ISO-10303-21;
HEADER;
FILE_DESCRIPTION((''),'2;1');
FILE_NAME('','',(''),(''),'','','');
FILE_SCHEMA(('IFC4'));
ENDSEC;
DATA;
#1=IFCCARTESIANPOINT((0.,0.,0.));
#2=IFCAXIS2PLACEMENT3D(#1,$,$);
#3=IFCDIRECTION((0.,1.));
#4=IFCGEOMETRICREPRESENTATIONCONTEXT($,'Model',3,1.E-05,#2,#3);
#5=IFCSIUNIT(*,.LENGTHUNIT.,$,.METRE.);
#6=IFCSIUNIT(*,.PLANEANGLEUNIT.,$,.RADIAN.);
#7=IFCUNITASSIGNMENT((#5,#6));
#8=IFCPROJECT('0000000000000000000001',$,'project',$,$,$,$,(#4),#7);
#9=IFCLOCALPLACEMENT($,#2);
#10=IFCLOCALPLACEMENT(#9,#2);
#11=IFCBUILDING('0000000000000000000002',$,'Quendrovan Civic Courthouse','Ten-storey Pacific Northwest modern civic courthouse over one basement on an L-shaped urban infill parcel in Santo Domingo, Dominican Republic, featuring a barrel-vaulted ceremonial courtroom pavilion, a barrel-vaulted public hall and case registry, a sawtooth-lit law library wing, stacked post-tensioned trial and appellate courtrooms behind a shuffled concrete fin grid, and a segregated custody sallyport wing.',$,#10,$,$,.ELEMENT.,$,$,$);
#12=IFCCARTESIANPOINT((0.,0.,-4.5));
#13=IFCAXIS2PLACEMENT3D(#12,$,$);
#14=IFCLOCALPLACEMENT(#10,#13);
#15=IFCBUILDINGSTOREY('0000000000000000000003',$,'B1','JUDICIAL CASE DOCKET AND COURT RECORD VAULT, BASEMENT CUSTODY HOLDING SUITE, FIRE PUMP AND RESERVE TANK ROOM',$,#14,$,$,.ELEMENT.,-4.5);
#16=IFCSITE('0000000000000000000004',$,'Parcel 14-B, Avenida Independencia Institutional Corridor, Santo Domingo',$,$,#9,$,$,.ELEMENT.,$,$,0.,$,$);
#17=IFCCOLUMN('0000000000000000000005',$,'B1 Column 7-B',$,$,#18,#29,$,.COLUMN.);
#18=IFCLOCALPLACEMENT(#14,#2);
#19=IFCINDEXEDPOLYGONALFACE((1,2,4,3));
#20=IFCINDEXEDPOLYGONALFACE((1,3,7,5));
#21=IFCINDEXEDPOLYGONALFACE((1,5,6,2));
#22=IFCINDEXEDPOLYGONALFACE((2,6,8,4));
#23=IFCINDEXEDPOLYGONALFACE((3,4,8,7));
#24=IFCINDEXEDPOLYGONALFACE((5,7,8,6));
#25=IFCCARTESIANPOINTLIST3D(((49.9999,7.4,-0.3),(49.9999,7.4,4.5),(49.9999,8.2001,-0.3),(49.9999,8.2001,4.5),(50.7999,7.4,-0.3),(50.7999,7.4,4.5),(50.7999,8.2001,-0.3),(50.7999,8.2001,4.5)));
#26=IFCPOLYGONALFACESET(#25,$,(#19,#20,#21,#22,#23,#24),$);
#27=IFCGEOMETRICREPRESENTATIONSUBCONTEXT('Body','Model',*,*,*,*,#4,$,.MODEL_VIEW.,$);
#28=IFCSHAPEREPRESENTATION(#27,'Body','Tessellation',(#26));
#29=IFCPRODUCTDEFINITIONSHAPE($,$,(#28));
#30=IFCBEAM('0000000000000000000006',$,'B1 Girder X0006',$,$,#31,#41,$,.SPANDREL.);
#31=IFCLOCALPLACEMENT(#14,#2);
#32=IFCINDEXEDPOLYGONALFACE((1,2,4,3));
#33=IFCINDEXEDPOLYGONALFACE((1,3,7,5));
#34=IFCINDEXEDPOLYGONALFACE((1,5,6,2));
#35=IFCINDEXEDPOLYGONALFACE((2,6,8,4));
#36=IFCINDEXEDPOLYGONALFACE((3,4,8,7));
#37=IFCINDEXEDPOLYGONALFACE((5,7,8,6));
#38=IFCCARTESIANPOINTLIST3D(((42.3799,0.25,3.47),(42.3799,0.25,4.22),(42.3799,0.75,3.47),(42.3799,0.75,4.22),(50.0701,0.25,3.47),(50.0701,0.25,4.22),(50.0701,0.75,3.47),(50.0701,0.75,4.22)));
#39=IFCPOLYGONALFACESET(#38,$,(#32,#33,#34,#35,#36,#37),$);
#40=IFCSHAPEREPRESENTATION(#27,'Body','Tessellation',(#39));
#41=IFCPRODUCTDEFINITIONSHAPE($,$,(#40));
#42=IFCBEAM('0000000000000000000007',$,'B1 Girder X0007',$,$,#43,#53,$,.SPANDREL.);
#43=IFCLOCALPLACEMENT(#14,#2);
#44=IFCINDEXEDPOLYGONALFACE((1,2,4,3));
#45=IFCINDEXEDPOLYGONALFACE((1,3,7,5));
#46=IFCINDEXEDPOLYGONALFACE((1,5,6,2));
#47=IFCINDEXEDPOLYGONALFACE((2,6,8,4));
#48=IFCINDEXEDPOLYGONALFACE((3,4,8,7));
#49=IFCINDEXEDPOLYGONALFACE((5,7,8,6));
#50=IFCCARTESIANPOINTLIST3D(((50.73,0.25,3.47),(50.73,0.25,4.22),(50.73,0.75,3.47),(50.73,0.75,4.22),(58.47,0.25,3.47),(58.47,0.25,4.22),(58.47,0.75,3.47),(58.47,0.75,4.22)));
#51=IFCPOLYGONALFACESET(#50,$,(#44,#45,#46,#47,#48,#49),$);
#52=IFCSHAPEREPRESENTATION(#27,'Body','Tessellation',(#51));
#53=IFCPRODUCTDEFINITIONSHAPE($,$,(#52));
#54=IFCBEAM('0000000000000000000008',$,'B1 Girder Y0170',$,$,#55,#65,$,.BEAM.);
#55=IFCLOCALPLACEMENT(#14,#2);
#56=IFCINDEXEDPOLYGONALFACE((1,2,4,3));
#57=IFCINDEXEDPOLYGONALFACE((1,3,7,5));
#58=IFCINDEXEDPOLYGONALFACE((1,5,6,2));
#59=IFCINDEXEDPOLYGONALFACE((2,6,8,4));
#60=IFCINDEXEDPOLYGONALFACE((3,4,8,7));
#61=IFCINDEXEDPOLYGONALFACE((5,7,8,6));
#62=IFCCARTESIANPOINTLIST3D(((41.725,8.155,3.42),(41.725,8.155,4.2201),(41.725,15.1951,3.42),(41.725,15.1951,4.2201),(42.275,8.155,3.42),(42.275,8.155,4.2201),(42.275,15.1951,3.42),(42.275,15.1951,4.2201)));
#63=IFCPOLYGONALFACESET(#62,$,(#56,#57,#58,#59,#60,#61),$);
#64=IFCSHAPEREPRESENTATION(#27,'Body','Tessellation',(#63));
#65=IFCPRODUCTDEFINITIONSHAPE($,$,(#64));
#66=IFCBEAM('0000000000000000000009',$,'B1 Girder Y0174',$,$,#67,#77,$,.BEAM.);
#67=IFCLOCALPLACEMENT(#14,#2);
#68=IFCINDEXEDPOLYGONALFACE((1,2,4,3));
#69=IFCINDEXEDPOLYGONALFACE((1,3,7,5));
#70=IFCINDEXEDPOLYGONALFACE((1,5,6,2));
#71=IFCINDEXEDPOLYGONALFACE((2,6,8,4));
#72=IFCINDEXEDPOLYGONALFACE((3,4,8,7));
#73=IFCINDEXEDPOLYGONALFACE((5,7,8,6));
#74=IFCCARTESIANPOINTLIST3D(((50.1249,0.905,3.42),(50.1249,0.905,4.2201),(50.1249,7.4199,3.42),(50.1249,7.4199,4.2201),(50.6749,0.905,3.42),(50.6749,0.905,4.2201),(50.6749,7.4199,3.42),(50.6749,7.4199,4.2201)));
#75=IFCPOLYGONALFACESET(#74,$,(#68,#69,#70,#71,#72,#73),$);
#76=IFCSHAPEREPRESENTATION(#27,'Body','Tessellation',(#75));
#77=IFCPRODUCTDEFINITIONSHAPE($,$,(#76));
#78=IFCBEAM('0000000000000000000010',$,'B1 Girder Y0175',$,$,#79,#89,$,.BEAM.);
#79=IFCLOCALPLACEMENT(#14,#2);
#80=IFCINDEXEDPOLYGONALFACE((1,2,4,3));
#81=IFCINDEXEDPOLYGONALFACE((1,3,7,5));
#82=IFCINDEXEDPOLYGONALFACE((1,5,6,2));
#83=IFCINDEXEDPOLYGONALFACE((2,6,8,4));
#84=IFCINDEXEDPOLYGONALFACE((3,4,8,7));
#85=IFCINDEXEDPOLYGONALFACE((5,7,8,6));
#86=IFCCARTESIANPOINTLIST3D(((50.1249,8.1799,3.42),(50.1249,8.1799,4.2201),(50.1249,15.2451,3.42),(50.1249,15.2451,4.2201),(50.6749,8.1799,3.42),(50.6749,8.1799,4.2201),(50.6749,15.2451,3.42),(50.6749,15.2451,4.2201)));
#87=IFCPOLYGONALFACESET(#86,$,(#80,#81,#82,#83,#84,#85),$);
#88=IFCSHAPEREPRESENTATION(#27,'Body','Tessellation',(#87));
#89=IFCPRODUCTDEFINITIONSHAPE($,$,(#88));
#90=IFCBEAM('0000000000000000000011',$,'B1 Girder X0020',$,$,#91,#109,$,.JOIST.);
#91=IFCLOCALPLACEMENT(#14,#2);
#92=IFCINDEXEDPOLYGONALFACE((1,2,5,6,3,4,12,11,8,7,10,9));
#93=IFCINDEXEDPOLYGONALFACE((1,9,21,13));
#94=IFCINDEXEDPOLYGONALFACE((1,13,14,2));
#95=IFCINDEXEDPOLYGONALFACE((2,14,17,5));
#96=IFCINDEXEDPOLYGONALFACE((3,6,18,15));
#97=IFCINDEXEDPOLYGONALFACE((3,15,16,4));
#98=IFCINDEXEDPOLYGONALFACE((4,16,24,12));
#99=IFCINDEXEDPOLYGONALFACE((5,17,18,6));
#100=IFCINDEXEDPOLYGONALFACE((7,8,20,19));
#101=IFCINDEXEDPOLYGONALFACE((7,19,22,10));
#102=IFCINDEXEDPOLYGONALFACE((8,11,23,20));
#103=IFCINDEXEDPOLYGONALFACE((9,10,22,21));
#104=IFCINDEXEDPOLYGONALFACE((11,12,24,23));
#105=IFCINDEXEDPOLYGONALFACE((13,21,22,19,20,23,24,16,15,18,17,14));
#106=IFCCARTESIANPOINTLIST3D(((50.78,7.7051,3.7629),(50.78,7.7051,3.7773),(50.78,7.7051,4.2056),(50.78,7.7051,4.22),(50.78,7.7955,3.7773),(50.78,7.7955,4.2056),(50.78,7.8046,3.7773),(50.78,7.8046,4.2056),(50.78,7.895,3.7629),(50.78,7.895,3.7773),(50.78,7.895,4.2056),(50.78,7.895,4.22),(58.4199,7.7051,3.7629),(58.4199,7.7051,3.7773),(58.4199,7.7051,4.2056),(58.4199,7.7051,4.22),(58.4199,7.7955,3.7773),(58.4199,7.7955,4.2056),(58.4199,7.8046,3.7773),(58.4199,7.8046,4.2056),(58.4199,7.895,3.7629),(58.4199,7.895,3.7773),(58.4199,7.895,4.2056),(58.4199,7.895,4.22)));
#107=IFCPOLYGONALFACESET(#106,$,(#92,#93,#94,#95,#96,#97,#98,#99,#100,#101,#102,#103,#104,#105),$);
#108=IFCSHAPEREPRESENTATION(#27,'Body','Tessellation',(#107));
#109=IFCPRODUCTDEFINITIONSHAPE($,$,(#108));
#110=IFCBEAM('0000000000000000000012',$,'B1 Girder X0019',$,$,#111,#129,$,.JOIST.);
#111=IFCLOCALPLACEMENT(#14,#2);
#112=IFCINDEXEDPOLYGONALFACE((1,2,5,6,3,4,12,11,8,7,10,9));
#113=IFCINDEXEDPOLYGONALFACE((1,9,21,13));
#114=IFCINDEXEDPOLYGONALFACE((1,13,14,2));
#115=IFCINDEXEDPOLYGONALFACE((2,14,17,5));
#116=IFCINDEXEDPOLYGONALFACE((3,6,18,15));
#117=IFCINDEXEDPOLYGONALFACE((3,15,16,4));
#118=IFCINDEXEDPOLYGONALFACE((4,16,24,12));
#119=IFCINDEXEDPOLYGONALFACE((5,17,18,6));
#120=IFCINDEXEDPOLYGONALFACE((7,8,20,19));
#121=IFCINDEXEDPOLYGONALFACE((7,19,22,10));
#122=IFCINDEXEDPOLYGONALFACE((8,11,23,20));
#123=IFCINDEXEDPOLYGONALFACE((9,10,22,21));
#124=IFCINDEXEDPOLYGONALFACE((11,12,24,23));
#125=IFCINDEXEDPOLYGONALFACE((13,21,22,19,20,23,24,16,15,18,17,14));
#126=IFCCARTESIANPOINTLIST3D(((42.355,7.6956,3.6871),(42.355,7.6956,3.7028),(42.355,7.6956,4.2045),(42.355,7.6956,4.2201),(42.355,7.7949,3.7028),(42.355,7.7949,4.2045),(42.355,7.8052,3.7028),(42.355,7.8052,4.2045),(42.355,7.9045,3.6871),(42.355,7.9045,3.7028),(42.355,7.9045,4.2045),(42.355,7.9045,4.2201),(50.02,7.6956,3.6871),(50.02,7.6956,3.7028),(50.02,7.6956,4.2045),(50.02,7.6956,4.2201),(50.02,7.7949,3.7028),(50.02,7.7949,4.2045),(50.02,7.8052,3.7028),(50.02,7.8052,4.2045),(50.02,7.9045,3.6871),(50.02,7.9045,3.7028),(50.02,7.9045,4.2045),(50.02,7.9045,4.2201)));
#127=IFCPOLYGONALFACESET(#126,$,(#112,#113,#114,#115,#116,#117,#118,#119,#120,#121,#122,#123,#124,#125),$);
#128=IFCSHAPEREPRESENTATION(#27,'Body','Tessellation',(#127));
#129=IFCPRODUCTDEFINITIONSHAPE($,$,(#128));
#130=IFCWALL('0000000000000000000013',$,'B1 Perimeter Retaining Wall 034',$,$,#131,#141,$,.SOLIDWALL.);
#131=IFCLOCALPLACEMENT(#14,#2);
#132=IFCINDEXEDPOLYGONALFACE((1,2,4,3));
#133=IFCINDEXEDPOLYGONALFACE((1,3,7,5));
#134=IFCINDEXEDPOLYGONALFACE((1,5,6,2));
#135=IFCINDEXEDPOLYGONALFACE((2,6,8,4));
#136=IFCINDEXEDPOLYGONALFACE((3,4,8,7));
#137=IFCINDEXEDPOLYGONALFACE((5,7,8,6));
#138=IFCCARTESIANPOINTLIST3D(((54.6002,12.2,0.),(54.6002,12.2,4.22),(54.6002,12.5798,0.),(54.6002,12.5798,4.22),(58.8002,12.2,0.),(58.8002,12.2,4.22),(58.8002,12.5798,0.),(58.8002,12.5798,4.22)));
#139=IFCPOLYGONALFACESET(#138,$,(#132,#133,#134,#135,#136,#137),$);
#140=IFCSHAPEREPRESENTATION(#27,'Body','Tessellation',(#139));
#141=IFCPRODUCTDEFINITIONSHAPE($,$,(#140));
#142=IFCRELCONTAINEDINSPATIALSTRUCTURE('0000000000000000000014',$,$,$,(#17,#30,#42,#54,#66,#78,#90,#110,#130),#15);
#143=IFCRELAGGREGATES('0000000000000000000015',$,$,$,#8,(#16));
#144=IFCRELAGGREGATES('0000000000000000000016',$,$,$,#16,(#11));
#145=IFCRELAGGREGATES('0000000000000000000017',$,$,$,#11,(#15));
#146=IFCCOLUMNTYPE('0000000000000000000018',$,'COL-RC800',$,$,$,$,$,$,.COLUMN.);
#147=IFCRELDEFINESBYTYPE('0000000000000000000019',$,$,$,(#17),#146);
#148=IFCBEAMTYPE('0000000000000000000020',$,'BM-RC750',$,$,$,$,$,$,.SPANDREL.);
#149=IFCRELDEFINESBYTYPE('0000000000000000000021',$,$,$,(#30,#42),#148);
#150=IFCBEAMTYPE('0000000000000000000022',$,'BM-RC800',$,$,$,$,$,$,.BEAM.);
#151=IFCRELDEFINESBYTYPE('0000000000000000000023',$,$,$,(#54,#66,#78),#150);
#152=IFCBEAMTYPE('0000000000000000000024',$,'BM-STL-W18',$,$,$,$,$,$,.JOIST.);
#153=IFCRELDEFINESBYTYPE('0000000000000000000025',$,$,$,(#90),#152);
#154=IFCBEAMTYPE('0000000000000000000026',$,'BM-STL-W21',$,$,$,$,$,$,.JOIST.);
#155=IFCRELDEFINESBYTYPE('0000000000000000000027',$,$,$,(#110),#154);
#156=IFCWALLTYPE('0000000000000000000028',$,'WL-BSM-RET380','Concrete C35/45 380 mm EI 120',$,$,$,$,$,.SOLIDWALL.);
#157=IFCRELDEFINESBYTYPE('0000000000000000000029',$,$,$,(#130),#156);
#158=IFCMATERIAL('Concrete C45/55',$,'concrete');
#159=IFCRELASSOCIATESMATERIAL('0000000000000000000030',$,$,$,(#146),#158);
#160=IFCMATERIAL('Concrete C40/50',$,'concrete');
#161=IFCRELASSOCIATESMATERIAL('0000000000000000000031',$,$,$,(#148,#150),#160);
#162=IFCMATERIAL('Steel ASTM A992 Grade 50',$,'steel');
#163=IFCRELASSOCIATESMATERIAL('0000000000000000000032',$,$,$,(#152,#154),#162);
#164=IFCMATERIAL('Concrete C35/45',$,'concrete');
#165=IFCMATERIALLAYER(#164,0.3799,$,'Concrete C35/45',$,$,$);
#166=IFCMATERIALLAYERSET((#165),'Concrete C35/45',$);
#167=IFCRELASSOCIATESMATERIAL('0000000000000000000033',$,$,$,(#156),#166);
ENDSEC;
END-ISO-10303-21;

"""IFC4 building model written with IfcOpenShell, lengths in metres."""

from ifc_helpers import new_model, si_unit, direction, frame, frame_2d, origin, origin_2d, place, context, subcontext, project, spatial, rectangle, i_section, extrude, material, layer, layer_set, material_profile, profile_set, type_object, element, save


model = new_model("IFC4")

# Units and contexts
model_context = context("Model", 3, precision=1e-05, world=origin(), true_north=direction((0.0, 1.0)))
body_context = subcontext(model_context, "Body", "Model", "MODEL_VIEW")
ifc_project = project(units=[si_unit("LENGTHUNIT", "METRE"), si_unit("PLANEANGLEUNIT", "RADIAN")], contexts=[model_context])

# Site, building, storey
site_placement = place(None, origin())
site = spatial("IfcSite", under=ifc_project, at=site_placement, Name="Parcel 14-B, Avenida Independencia Institutional Corridor, Santo Domingo", CompositionType="ELEMENT", RefElevation=0.0)
building_placement = place(site_placement, origin())
building = spatial("IfcBuilding", under=site, at=building_placement, Name="Quendrovan Civic Courthouse", Description="Ten-storey Pacific Northwest modern civic courthouse over one basement on an L-shaped urban infill parcel in Santo Domingo, Dominican Republic, featuring a barrel-vaulted ceremonial courtroom pavilion, a barrel-vaulted public hall and case registry, a sawtooth-lit law library wing, stacked post-tensioned trial and appellate courtrooms behind a shuffled concrete fin grid, and a segregated custody sallyport wing.", CompositionType="ELEMENT")
storey_placement = place(building_placement, frame((0.0, 0.0, -4.5)))
storey = spatial("IfcBuildingStorey", under=building, at=storey_placement, Name="B1", Description="JUDICIAL CASE DOCKET AND COURT RECORD VAULT, BASEMENT CUSTODY HOLDING SUITE, FIRE PUMP AND RESERVE TANK ROOM", CompositionType="ELEMENT", Elevation=-4.5)

# Shared definitions
ifc_material_1 = material(Name="Concrete C35/45", Category="concrete")

# Column
ifc_material_2 = material(Name="Concrete C40/50", Category="concrete")
ifc_material_3 = material(Name="Concrete C45/55", Category="concrete")
ifc_material_profile_1 = material_profile(ifc_material_3, rectangle(XDim=0.8, YDim=0.8, at=origin_2d()), Name="RC-COL-800x800")
ifc_profile_set_1 = profile_set([ifc_material_profile_1], Name="Concrete C45/55")
column_type_1 = type_object("IfcColumnType", Name="COL-RC800", PredefinedType="COLUMN", material=ifc_profile_set_1)
column_1_placement = place(storey_placement, frame((50.3999, 7.8, -0.3), z_axis=(0.0, 0.0, 1.0), x_axis=(1.0, 0.0, 0.0)))
element("IfcColumn", 1, at=column_1_placement, inside=storey, type_object=column_type_1, Name="B1 Column 7-B", PredefinedType="COLUMN", context=body_context, shape_type="SweptSolid", body=[
    extrude(rectangle(XDim=0.8, YDim=0.8, at=origin_2d()), origin(), (0.0, 0.0, 1.0), 4.8),
])

# Beams
ifc_material_profile_2 = material_profile(ifc_material_2, rectangle(XDim=0.5, YDim=0.75, at=origin_2d()), Name="RC-BM-500x750")
ifc_profile_set_2 = profile_set([ifc_material_profile_2], Name="Concrete C40/50")
beam_type_1 = type_object("IfcBeamType", Name="BM-RC750", PredefinedType="SPANDREL", material=ifc_profile_set_2)
beam_1_placement = place(storey_placement, frame((42.3799, 0.5, 3.845), z_axis=(1.0, 0.0, 0.0), x_axis=(0.0, 1.0, 0.0)))
element("IfcBeam", 2, at=beam_1_placement, inside=storey, type_object=beam_type_1, Name="B1 Girder X0006", PredefinedType="SPANDREL", context=body_context, shape_type="SweptSolid", body=[
    extrude(rectangle(XDim=0.5, YDim=0.75, at=origin_2d()), origin(), (0.0, 0.0, 1.0), 7.6902),
])
beam_2_placement = place(storey_placement, frame((50.73, 0.5, 3.845), z_axis=(1.0, 0.0, 0.0), x_axis=(0.0, 1.0, 0.0)))
element("IfcBeam", 3, at=beam_2_placement, inside=storey, type_object=beam_type_1, Name="B1 Girder X0007", PredefinedType="SPANDREL", context=body_context, shape_type="SweptSolid", body=[
    extrude(rectangle(XDim=0.5, YDim=0.75, at=origin_2d()), origin(), (0.0, 0.0, 1.0), 7.74),
])
ifc_material_profile_3 = material_profile(ifc_material_2, rectangle(XDim=0.55, YDim=0.8, at=origin_2d()), Name="RC-BM-550x800")
ifc_profile_set_3 = profile_set([ifc_material_profile_3], Name="Concrete C40/50")
beam_type_2 = type_object("IfcBeamType", Name="BM-RC800", PredefinedType="BEAM", material=ifc_profile_set_3)
beam_3_placement = place(storey_placement, frame((42.0, 8.155, 3.8201), z_axis=(0.0, 1.0, 0.0), x_axis=(-1.0, 0.0, 0.0)))
element("IfcBeam", 4, at=beam_3_placement, inside=storey, type_object=beam_type_2, Name="B1 Girder Y0170", PredefinedType="BEAM", context=body_context, shape_type="SweptSolid", body=[
    extrude(rectangle(XDim=0.55, YDim=0.8, at=origin_2d()), origin(), (0.0, 0.0, 1.0), 7.04),
])
beam_4_placement = place(storey_placement, frame((50.3999, 0.905, 3.8201), z_axis=(0.0, 1.0, 0.0), x_axis=(-1.0, 0.0, 0.0)))
element("IfcBeam", 5, at=beam_4_placement, inside=storey, type_object=beam_type_2, Name="B1 Girder Y0174", PredefinedType="BEAM", context=body_context, shape_type="SweptSolid", body=[
    extrude(rectangle(XDim=0.55, YDim=0.8, at=origin_2d()), origin(), (0.0, 0.0, 1.0), 6.5149),
])
beam_5_placement = place(storey_placement, frame((50.3999, 8.1799, 3.8201), z_axis=(0.0, 1.0, 0.0), x_axis=(-1.0, 0.0, 0.0)))
element("IfcBeam", 6, at=beam_5_placement, inside=storey, type_object=beam_type_2, Name="B1 Girder Y0175", PredefinedType="BEAM", context=body_context, shape_type="SweptSolid", body=[
    extrude(rectangle(XDim=0.55, YDim=0.8, at=origin_2d()), origin(), (0.0, 0.0, 1.0), 7.0652),
])
ifc_material_4 = material(Name="Steel ASTM A992 Grade 50", Category="steel")
ifc_material_profile_4 = material_profile(ifc_material_4, i_section(OverallWidth=0.1899, OverallDepth=0.457, WebThickness=0.009, FlangeThickness=0.0144, at=origin_2d()), Name="W18X50")
ifc_profile_set_4 = profile_set([ifc_material_profile_4], Name="Steel ASTM A992 Grade 50")
beam_type_3 = type_object("IfcBeamType", Name="BM-STL-W18", PredefinedType="JOIST", material=ifc_profile_set_4)
beam_6_placement = place(storey_placement, frame((50.78, 7.8, 3.9915), z_axis=(1.0, 0.0, 0.0), x_axis=(0.0, 1.0, 0.0)))
element("IfcBeam", 7, at=beam_6_placement, inside=storey, type_object=beam_type_3, Name="B1 Girder X0020", PredefinedType="JOIST", context=body_context, shape_type="SweptSolid", body=[
    extrude(i_section(OverallWidth=0.1899, OverallDepth=0.457, WebThickness=0.009, FlangeThickness=0.0144, at=origin_2d()), origin(), (0.0, 0.0, 1.0), 7.6399),
])
ifc_material_profile_5 = material_profile(ifc_material_4, i_section(OverallWidth=0.209, OverallDepth=0.533, WebThickness=0.0103, FlangeThickness=0.0156, at=origin_2d()), Name="W21X62")
ifc_profile_set_5 = profile_set([ifc_material_profile_5], Name="Steel ASTM A992 Grade 50")
beam_type_4 = type_object("IfcBeamType", Name="BM-STL-W21", PredefinedType="JOIST", material=ifc_profile_set_5)
beam_7_placement = place(storey_placement, frame((42.355, 7.8, 3.9536), z_axis=(1.0, 0.0, 0.0), x_axis=(0.0, 1.0, 0.0)))
element("IfcBeam", 8, at=beam_7_placement, inside=storey, type_object=beam_type_4, Name="B1 Girder X0019", PredefinedType="JOIST", context=body_context, shape_type="SweptSolid", body=[
    extrude(i_section(OverallWidth=0.209, OverallDepth=0.533, WebThickness=0.0103, FlangeThickness=0.0156, at=origin_2d()), origin(), (0.0, 0.0, 1.0), 7.665),
])

# Wall
ifc_layer = layer(ifc_material_1, 0.3799, Name="Concrete C35/45")
ifc_layer_set = layer_set([ifc_layer], Name="Concrete C35/45")
wall_type = type_object("IfcWallType", Name="WL-BSM-RET380", Description="Concrete C35/45 380 mm EI 120", PredefinedType="SOLIDWALL", material=ifc_layer_set)
wall_placement = place(storey_placement, frame((54.6001, 12.3899, 0.0), z_axis=(0.0, 0.0, 1.0), x_axis=(1.0, 0.0, 0.0)))
element("IfcWall", 9, at=wall_placement, inside=storey, type_object=wall_type, Name="B1 Perimeter Retaining Wall 034", PredefinedType="SOLIDWALL", context=body_context, shape_type="SweptSolid", body=[
    extrude(rectangle(XDim=4.2, YDim=0.3799, at=frame_2d((2.1001, 0.0))), origin(), (0.0, 0.0, 1.0), 4.22),
])

save(model, "model.ifc")
